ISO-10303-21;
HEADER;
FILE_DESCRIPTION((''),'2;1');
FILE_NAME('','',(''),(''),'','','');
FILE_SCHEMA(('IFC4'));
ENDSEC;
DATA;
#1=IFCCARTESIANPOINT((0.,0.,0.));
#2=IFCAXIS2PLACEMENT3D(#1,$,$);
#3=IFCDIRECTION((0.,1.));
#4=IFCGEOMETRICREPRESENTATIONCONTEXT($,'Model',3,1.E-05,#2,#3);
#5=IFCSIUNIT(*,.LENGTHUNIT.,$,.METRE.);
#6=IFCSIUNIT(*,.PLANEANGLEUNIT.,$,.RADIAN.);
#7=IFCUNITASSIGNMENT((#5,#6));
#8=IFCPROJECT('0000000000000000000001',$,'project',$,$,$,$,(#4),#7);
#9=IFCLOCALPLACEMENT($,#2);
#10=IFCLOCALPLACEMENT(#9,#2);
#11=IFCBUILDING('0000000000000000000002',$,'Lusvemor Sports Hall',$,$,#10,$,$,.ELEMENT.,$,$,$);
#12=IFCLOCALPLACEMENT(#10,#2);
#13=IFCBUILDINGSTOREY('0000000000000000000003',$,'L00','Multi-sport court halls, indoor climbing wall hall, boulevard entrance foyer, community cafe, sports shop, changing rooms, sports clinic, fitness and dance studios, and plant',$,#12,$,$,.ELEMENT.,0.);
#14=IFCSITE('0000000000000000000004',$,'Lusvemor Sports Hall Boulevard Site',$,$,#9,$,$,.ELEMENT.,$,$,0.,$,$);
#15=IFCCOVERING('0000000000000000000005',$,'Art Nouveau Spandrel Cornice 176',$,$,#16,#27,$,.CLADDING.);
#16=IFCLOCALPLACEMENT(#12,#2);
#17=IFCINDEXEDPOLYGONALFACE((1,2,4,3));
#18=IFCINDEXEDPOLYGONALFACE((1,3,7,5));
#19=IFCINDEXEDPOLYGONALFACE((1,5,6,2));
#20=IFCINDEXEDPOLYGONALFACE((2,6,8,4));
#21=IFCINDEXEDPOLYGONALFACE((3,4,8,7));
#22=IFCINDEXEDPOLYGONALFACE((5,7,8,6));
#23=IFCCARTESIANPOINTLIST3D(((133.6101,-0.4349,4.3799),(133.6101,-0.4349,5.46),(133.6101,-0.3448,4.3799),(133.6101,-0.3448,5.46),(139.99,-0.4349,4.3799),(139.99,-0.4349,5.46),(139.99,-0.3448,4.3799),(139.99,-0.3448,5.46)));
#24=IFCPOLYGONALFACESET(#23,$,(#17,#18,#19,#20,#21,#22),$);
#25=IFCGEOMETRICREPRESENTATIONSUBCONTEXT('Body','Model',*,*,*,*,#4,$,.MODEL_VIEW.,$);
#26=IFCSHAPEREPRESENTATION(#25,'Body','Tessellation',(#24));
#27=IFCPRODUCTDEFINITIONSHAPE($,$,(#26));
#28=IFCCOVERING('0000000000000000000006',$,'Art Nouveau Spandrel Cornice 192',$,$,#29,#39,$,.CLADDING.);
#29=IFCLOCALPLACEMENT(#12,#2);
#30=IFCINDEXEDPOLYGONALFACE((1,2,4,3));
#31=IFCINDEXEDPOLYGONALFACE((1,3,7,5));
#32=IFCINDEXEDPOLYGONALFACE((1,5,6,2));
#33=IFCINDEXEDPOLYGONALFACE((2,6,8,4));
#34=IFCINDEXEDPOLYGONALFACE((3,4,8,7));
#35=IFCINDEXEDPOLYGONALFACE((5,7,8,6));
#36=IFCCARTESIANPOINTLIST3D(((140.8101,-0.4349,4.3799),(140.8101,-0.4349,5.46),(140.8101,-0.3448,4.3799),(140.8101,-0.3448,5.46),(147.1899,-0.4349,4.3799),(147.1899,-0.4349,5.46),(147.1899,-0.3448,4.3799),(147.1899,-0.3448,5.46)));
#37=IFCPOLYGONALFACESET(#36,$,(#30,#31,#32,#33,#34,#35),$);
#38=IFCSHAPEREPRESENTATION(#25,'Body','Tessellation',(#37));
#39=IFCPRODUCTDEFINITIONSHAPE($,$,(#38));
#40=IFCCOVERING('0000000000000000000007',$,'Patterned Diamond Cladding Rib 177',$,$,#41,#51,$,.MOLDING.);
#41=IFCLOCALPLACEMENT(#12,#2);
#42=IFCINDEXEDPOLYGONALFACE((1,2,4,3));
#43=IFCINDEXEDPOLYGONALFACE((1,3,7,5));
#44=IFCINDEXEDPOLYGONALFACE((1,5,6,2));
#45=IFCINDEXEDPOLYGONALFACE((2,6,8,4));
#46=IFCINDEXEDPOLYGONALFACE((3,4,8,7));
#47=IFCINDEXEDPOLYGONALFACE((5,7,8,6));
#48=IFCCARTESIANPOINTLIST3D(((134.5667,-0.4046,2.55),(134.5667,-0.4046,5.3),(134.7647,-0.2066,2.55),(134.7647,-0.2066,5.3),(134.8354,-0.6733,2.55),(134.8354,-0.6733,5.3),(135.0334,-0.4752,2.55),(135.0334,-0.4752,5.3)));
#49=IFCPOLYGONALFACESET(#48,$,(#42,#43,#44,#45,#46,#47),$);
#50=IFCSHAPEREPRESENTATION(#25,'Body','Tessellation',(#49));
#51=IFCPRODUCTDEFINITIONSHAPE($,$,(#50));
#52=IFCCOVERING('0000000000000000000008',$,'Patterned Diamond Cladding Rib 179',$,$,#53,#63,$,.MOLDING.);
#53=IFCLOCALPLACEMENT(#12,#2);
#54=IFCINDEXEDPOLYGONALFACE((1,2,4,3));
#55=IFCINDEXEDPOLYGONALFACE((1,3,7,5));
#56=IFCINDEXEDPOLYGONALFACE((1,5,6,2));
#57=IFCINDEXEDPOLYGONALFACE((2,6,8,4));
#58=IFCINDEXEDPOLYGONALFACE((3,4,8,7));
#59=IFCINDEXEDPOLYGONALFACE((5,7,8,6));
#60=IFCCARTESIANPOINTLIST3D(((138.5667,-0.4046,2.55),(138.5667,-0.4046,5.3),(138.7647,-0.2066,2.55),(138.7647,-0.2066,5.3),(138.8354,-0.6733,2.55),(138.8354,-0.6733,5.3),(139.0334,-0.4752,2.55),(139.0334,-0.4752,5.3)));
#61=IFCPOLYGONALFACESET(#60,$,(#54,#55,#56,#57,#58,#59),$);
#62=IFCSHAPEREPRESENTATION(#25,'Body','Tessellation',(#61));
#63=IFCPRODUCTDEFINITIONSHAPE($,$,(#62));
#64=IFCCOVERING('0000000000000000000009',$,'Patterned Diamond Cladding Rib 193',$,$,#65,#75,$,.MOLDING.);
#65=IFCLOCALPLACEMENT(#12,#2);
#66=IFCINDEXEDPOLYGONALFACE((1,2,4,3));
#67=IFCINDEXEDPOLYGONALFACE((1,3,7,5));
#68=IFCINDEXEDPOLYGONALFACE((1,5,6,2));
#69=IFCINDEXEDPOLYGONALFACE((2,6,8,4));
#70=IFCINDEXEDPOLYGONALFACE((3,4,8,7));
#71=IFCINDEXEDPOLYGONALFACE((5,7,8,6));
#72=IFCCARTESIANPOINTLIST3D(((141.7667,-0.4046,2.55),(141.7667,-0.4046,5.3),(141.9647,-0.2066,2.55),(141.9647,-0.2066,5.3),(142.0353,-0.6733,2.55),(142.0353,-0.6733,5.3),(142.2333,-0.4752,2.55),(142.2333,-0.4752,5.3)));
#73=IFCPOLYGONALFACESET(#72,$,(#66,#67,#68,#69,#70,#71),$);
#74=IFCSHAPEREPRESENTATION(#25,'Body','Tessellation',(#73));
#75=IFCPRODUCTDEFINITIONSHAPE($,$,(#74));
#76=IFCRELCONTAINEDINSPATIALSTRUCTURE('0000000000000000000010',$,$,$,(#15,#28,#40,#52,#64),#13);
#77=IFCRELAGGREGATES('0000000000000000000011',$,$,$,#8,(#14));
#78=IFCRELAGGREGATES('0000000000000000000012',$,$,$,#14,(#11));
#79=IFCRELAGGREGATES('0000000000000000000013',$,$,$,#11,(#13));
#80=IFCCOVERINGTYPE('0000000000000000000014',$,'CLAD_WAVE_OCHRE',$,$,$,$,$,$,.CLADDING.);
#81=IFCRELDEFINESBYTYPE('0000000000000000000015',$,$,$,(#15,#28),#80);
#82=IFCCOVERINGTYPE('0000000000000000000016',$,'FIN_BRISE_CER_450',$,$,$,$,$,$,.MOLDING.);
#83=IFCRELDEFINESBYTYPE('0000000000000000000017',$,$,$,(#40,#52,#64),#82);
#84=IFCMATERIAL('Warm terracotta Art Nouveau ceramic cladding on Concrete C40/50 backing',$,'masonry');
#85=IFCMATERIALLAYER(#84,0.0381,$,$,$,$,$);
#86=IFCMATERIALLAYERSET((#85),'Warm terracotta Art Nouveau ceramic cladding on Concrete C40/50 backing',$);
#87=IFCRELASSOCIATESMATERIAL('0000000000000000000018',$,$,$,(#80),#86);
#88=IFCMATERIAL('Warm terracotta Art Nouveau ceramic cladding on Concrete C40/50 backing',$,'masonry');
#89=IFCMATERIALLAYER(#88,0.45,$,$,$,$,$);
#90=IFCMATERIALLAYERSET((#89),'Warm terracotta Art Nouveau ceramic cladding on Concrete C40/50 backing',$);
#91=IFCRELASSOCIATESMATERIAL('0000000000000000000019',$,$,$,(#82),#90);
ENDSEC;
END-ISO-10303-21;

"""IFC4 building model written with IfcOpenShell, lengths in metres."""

from ifc_helpers import new_model, si_unit, direction, frame, origin, origin_2d, place, context, subcontext, project, spatial, rectangle, extrude, material, layer, layer_set, type_object, element, save


model = new_model("IFC4")

# Units and contexts
model_context = context("Model", 3, precision=1e-05, world=origin(), true_north=direction((0.0, 1.0)))
body_context = subcontext(model_context, "Body", "Model", "MODEL_VIEW")
ifc_project = project(units=[si_unit("LENGTHUNIT", "METRE"), si_unit("PLANEANGLEUNIT", "RADIAN")], contexts=[model_context])

# Site, building, storey
site_placement = place(None, origin())
site = spatial("IfcSite", under=ifc_project, at=site_placement, Name="Lusvemor Sports Hall Boulevard Site", CompositionType="ELEMENT", RefElevation=0.0)
building_placement = place(site_placement, origin())
building = spatial("IfcBuilding", under=site, at=building_placement, Name="Lusvemor Sports Hall", CompositionType="ELEMENT")
storey_placement = place(building_placement, origin())
storey = spatial("IfcBuildingStorey", under=building, at=storey_placement, Name="L00", Description="Multi-sport court halls, indoor climbing wall hall, boulevard entrance foyer, community cafe, sports shop, changing rooms, sports clinic, fitness and dance studios, and plant", CompositionType="ELEMENT", Elevation=0.0)

# Coverings
ifc_material_1 = material(Name="Warm terracotta Art Nouveau ceramic cladding on Concrete C40/50 backing", Category="masonry")
ifc_layer_1 = layer(ifc_material_1, 0.0381)
ifc_layer_set_1 = layer_set([ifc_layer_1], Name="Warm terracotta Art Nouveau ceramic cladding on Concrete C40/50 backing")
covering_type_1 = type_object("IfcCoveringType", Name="CLAD_WAVE_OCHRE", PredefinedType="CLADDING", material=ifc_layer_set_1)
for number, where, z_axis, x_axis, name in (
    (1, (136.8, -0.3899, 4.3799), (0.0, 0.0, 1.0), (1.0, 0.0, 0.0), "Art Nouveau Spandrel Cornice 176"),
    (2, (144.0, -0.3899, 4.3799), (0.0, 0.0, 1.0), (1.0, 0.0, 0.0), "Art Nouveau Spandrel Cornice 192"),
):
    element("IfcCovering", number, at=place(storey_placement, frame(where, z_axis=z_axis, x_axis=x_axis)), inside=storey, type_object=covering_type_1, Name=name, PredefinedType="CLADDING", context=body_context, shape_type="SweptSolid", body=[
        extrude(rectangle(XDim=6.3799, YDim=0.0901, at=origin_2d()), origin(), (0.0, 0.0, 1.0), 1.0801),
    ])
ifc_material_2 = material(Name="Warm terracotta Art Nouveau ceramic cladding on Concrete C40/50 backing", Category="masonry")
ifc_layer_2 = layer(ifc_material_2, 0.45)
ifc_layer_set_2 = layer_set([ifc_layer_2], Name="Warm terracotta Art Nouveau ceramic cladding on Concrete C40/50 backing")
covering_type_2 = type_object("IfcCoveringType", Name="FIN_BRISE_CER_450", PredefinedType="MOLDING", material=ifc_layer_set_2)
for number, where, z_axis, x_axis, name in (
    (3, (134.8, -0.4399, 2.55), (0.0, 0.0, 1.0), (0.707107, 0.707107, 0.0), "Patterned Diamond Cladding Rib 177"),
    (4, (138.8, -0.4399, 2.55), (0.0, 0.0, 1.0), (0.707107, 0.707107, 0.0), "Patterned Diamond Cladding Rib 179"),
    (5, (142.0, -0.4399, 2.55), (0.0, 0.0, 1.0), (0.707107, 0.707107, 0.0), "Patterned Diamond Cladding Rib 193"),
):
    element("IfcCovering", number, at=place(storey_placement, frame(where, z_axis=z_axis, x_axis=x_axis)), inside=storey, type_object=covering_type_2, Name=name, PredefinedType="MOLDING", context=body_context, shape_type="SweptSolid", body=[
        extrude(rectangle(XDim=0.28, YDim=0.3799, at=origin_2d()), origin(), (0.0, 0.0, 1.0), 2.75),
    ])

save(model, "model.ifc")
